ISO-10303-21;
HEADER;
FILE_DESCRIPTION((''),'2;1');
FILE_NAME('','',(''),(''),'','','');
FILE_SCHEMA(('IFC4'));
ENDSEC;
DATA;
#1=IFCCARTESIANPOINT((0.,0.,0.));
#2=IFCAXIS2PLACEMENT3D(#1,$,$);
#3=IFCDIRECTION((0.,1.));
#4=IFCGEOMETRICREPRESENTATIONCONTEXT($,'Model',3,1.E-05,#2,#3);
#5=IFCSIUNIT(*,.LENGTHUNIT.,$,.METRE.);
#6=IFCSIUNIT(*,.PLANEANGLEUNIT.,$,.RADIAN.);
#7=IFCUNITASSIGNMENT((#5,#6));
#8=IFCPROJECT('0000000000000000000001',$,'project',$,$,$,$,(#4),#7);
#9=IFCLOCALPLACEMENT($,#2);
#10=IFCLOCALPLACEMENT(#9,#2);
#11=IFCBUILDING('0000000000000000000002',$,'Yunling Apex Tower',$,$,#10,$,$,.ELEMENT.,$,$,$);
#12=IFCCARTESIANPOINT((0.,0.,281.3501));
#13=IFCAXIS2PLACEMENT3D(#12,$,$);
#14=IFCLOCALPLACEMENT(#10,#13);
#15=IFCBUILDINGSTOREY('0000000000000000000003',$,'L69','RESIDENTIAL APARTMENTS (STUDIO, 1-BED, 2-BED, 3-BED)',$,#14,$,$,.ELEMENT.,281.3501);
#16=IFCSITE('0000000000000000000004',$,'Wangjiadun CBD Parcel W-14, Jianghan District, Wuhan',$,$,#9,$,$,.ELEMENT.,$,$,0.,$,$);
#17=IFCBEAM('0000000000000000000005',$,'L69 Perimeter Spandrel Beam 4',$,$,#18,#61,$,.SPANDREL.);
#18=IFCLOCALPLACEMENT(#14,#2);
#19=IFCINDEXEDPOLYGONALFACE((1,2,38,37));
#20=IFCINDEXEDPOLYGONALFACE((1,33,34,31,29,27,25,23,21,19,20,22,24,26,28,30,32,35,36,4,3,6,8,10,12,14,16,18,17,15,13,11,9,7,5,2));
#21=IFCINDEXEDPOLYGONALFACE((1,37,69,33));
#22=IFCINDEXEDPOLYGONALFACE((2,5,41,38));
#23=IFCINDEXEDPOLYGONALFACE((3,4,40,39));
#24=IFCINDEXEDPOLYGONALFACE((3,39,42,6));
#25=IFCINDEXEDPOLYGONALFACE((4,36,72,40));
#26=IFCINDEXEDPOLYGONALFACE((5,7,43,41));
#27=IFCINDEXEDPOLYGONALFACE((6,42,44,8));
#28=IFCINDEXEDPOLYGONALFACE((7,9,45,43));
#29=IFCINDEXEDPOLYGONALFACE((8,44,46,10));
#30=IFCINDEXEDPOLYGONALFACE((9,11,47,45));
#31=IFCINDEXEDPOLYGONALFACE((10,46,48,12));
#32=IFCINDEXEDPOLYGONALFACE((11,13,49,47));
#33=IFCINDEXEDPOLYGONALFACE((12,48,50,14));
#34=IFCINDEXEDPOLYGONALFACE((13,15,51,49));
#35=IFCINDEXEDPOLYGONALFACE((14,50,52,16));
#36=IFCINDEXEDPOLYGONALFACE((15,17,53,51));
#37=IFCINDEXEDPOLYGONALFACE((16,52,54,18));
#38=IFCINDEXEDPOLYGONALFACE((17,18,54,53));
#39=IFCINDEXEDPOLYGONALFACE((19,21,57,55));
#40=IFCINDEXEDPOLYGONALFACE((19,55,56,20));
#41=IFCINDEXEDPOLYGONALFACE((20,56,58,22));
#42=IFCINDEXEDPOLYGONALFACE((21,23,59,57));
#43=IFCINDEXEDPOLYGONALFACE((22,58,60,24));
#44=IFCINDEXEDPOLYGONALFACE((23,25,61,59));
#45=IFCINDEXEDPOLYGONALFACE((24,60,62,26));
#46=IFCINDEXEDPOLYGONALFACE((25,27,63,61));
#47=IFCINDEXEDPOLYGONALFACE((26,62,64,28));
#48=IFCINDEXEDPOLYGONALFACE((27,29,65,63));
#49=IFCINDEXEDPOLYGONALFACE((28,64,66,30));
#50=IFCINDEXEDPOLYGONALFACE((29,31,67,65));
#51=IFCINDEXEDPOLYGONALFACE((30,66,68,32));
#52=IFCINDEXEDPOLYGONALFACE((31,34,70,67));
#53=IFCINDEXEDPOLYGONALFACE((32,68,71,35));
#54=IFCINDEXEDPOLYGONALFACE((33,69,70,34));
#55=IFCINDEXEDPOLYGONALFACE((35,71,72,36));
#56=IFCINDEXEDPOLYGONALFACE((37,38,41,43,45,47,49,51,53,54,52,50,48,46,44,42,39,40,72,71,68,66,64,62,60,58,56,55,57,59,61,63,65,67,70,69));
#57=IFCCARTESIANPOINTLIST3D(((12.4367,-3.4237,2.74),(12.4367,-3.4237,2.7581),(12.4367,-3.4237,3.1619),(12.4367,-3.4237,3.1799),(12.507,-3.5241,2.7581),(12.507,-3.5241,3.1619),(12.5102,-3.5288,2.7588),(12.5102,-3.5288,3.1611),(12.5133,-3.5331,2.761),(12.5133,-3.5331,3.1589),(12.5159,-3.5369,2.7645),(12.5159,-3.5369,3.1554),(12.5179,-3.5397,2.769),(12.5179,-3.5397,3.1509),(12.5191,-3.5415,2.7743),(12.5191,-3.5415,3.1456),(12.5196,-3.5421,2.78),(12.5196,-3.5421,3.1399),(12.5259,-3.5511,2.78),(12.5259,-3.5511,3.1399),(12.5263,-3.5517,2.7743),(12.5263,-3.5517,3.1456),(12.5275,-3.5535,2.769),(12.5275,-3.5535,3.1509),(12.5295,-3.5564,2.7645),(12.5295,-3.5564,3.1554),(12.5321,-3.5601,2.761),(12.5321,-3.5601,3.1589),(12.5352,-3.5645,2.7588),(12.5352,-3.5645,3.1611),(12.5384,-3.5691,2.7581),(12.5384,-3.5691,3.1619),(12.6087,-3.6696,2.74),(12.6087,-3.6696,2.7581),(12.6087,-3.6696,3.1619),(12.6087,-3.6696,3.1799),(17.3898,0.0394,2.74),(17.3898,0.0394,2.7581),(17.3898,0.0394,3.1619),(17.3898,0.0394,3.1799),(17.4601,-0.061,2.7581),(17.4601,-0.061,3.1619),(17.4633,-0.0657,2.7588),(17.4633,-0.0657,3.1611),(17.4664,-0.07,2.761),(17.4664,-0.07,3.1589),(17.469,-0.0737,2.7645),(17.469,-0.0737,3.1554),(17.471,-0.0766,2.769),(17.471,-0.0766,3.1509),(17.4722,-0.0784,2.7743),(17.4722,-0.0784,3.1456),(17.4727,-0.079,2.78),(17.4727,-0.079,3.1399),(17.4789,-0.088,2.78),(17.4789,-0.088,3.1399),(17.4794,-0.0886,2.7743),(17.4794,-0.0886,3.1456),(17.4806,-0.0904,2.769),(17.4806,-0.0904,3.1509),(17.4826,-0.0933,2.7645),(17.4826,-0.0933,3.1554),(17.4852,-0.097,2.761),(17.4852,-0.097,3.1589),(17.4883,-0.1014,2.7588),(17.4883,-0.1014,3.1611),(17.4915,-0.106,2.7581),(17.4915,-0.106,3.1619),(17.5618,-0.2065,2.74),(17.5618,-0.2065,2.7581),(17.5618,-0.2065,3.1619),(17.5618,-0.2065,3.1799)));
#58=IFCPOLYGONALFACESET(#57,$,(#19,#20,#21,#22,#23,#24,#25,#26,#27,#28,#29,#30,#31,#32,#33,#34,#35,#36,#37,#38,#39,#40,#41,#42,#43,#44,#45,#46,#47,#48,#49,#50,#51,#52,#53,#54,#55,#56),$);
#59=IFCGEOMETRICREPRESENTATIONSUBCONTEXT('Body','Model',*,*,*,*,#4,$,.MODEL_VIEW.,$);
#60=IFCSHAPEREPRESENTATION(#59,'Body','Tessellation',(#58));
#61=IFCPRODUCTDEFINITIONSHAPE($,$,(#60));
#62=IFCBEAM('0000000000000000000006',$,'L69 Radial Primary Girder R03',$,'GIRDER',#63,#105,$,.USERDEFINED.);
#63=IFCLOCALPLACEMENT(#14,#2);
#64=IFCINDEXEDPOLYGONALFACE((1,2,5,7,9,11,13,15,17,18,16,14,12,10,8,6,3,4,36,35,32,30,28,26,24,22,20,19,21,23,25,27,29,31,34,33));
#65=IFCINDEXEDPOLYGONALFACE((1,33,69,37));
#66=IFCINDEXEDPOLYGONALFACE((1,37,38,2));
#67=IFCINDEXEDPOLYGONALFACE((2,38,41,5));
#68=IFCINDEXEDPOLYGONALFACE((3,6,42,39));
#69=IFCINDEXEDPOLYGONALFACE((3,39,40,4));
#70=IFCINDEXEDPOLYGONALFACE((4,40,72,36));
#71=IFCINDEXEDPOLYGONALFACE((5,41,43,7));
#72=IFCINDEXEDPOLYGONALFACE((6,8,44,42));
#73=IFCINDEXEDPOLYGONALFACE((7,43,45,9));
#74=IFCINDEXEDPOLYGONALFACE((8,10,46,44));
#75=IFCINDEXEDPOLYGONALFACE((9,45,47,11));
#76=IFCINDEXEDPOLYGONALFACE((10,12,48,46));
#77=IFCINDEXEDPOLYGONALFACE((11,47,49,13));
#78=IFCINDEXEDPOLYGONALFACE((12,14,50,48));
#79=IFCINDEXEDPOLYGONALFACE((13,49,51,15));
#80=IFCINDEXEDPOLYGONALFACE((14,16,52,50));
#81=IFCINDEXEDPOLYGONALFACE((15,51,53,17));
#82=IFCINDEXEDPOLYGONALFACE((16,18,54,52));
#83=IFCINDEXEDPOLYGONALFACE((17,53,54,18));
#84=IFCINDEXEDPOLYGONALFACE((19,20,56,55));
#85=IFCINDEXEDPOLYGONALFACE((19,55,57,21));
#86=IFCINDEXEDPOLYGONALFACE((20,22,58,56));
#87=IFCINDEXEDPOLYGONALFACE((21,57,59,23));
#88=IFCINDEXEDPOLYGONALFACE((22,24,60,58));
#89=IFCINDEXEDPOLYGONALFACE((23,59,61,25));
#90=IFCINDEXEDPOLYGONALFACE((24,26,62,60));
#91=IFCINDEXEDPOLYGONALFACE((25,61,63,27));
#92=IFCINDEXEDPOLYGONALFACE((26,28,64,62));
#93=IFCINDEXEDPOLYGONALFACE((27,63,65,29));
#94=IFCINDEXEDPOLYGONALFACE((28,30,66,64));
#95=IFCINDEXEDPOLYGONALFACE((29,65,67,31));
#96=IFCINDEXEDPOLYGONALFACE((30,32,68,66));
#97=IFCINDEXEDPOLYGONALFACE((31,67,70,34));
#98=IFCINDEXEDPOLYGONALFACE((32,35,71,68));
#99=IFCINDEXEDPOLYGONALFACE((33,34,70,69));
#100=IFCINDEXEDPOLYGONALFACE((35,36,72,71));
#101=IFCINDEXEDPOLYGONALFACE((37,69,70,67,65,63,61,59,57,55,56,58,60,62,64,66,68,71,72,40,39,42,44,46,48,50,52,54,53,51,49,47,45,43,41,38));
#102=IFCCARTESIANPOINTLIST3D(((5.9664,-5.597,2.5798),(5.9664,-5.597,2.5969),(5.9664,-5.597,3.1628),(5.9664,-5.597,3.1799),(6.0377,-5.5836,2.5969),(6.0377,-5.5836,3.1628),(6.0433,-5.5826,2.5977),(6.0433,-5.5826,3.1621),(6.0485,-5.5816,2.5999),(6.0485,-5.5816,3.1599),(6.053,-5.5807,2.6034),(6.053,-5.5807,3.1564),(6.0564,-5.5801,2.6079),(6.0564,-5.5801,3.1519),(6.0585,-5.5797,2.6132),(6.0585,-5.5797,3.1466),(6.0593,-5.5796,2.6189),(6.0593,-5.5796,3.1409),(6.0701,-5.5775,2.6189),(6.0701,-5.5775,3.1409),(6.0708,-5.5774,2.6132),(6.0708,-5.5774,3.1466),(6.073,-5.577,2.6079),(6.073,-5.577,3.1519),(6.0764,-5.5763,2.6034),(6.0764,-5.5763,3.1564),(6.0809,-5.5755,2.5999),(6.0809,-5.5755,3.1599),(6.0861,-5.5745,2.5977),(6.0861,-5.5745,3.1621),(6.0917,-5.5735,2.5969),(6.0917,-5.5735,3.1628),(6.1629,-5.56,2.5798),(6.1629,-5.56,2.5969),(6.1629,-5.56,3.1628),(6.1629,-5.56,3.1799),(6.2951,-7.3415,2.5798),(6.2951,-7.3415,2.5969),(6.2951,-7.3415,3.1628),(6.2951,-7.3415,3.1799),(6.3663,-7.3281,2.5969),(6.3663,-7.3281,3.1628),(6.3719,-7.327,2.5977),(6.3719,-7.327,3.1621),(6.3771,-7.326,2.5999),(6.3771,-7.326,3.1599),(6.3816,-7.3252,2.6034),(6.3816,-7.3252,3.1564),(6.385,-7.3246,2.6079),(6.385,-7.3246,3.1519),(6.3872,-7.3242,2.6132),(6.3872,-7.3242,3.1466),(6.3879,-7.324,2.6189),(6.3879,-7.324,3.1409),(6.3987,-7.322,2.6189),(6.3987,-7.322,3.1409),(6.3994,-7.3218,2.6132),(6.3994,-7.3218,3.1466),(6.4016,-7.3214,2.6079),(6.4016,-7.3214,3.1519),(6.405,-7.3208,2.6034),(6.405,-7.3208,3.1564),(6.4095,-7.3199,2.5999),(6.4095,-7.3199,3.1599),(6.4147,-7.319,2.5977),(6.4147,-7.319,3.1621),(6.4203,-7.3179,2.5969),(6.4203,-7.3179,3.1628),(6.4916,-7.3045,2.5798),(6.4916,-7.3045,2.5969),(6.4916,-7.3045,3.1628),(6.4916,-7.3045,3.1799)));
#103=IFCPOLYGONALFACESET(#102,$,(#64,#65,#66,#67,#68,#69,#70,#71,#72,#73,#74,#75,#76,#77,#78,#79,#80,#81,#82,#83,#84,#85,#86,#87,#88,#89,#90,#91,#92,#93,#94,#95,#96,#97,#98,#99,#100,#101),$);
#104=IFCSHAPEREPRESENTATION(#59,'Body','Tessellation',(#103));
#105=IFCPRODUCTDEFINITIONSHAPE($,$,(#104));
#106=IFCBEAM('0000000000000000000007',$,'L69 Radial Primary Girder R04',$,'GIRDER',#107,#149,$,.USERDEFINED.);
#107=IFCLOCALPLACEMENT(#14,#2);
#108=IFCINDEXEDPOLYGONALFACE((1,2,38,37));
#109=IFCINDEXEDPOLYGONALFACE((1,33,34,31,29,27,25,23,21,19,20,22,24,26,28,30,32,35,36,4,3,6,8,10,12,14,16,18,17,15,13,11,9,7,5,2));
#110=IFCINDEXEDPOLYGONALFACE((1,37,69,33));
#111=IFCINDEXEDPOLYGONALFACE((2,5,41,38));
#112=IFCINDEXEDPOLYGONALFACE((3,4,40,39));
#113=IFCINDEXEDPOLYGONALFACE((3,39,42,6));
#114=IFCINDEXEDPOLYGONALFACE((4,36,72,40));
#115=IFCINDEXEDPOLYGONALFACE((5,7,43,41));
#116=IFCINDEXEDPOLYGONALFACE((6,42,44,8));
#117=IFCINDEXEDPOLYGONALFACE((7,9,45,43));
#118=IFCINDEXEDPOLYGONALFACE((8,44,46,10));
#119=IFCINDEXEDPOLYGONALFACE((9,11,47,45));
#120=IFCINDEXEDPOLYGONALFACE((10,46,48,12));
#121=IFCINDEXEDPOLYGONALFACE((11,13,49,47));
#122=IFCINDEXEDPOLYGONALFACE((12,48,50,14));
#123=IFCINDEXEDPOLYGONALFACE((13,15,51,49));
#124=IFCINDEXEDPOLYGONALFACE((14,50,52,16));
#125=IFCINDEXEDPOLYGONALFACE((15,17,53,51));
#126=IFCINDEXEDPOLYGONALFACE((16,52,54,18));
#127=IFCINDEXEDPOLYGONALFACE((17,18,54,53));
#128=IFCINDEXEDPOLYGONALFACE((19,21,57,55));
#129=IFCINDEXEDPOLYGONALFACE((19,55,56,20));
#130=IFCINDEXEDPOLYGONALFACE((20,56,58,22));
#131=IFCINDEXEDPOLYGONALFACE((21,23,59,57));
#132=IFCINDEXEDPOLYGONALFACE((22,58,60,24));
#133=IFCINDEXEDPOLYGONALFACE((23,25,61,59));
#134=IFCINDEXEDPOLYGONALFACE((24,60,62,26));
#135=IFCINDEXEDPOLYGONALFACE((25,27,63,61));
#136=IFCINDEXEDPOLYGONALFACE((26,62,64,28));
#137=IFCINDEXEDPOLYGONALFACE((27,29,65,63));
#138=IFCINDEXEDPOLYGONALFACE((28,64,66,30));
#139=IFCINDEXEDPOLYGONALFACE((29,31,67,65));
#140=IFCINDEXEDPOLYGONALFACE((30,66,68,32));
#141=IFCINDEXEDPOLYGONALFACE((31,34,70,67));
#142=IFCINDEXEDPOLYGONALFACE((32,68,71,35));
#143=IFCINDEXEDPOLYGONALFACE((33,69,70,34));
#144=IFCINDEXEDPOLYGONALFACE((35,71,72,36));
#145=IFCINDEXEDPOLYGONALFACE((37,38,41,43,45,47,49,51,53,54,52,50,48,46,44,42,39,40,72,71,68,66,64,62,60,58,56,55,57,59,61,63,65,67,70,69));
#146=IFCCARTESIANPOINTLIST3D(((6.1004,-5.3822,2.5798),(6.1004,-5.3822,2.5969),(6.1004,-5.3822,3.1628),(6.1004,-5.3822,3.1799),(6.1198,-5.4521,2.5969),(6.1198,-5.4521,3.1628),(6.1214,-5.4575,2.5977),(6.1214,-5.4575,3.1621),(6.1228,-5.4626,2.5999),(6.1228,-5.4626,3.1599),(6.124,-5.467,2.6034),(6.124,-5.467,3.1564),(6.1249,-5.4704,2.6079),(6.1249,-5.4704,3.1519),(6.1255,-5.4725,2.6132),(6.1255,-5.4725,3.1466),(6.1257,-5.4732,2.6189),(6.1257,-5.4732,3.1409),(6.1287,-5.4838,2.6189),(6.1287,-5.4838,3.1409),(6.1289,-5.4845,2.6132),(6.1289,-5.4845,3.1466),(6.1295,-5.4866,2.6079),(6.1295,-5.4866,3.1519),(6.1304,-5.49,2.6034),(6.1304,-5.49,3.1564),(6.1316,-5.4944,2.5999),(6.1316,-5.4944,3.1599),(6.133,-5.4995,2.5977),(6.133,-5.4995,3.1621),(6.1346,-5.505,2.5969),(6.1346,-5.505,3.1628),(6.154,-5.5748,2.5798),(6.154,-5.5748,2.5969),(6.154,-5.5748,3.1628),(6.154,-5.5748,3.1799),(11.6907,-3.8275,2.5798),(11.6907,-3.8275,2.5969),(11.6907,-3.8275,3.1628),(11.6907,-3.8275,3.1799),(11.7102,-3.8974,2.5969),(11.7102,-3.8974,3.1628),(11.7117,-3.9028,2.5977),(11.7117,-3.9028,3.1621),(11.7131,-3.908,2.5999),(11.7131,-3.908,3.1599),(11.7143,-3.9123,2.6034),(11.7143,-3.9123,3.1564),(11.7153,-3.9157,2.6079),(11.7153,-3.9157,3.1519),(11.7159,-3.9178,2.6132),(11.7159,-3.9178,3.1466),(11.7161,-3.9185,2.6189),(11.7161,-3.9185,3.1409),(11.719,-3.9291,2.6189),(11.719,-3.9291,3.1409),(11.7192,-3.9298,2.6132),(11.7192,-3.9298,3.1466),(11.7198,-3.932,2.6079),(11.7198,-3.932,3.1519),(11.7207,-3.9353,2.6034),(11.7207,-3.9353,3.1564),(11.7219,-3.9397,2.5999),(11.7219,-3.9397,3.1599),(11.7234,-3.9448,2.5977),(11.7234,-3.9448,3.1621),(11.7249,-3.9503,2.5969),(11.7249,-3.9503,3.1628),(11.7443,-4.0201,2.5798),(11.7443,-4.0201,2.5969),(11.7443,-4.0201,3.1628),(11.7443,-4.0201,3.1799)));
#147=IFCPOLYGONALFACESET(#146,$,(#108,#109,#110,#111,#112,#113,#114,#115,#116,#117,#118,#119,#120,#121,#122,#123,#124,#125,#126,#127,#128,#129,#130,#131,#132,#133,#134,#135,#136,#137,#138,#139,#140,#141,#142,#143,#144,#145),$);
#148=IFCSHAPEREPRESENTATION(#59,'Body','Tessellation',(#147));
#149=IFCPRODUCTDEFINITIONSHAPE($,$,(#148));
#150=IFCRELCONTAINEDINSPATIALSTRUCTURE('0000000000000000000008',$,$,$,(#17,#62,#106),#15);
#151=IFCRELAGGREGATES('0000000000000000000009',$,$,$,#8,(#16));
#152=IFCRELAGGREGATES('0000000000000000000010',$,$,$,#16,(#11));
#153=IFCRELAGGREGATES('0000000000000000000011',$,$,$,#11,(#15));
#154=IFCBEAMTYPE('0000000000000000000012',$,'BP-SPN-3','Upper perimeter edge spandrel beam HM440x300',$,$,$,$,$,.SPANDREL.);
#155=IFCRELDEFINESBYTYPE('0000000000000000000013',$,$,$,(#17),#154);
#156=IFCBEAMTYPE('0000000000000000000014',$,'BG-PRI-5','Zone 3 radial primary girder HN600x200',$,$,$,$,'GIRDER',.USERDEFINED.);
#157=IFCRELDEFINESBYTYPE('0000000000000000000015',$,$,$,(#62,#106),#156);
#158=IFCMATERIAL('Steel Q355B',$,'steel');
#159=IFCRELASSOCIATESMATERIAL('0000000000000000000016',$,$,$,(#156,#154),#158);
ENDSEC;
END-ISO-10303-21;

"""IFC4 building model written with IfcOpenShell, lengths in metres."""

from ifc_helpers import new_model, si_unit, direction, frame, origin, origin_2d, place, context, subcontext, project, spatial, i_section, extrude, source, transform, mapped, material, material_profile, profile_set, type_object, element, save


model = new_model("IFC4")

# Units and contexts
model_context = context("Model", 3, precision=1e-05, world=origin(), true_north=direction((0.0, 1.0)))
body_context = subcontext(model_context, "Body", "Model", "MODEL_VIEW")
ifc_project = project(units=[si_unit("LENGTHUNIT", "METRE"), si_unit("PLANEANGLEUNIT", "RADIAN")], contexts=[model_context])

# Site, building, storey
site_placement = place(None, origin())
site = spatial("IfcSite", under=ifc_project, at=site_placement, Name="Wangjiadun CBD Parcel W-14, Jianghan District, Wuhan", CompositionType="ELEMENT", RefElevation=0.0)
building_placement = place(site_placement, origin())
building = spatial("IfcBuilding", under=site, at=building_placement, Name="Yunling Apex Tower", CompositionType="ELEMENT")
storey_placement = place(building_placement, frame((0.0, 0.0, 281.3501)))
storey = spatial("IfcBuildingStorey", under=building, at=storey_placement, Name="L69", Description="RESIDENTIAL APARTMENTS (STUDIO, 1-BED, 2-BED, 3-BED)", CompositionType="ELEMENT", Elevation=281.3501)

# Shared definitions
ifc_material_1 = material(Name="Steel Q355B", Category="steel")

# Beams
ifc_material_profile_1 = material_profile(ifc_material_1, i_section(OverallWidth=0.2, OverallDepth=0.6001, WebThickness=0.011, FlangeThickness=0.0171, FilletRadius=0.022, at=origin_2d()))
ifc_profile_set_1 = profile_set([ifc_material_profile_1], Name="Steel Q355B")
beam_type_1 = type_object("IfcBeamType", Name="BG-PRI-5", Description="Zone 3 radial primary girder HN600x200", ElementType="GIRDER", PredefinedType="USERDEFINED", material=ifc_profile_set_1)
ifc_material_profile_2 = material_profile(ifc_material_1, i_section(OverallWidth=0.3, OverallDepth=0.4399, WebThickness=0.011, FlangeThickness=0.0181, FilletRadius=0.022, at=origin_2d()))
ifc_profile_set_2 = profile_set([ifc_material_profile_2], Name="Steel Q355B")
beam_type_2 = type_object("IfcBeamType", Name="BP-SPN-3", Description="Upper perimeter edge spandrel beam HM440x300", PredefinedType="SPANDREL", material=ifc_profile_set_2)
shared_shape_1 = source(origin(), body_context, "Body", "SweptSolid", [
    extrude(i_section(OverallWidth=0.3, OverallDepth=0.4399, WebThickness=0.011, FlangeThickness=0.0181, FilletRadius=0.022, at=origin_2d()), origin(), (0.0, 0.0, 1.0), 6.0437),
])
for number, where, z_axis, x_axis, name in (
    (1, (12.5227, -3.5466, 2.96), (0.819547, 0.573012, 0.0), (-0.573012, 0.819547, 0.0), "L69 Perimeter Spandrel Beam 4"),
):
    element("IfcBeam", number, at=place(storey_placement, frame(where, z_axis=z_axis, x_axis=x_axis)), inside=storey, type_object=beam_type_2, Name=name, PredefinedType="SPANDREL", context=body_context, shape_type="MappedRepresentation", body=[
        mapped(shared_shape_1, transform((0.0, 0.0, 0.0), scale=1.0)),
    ])
shared_shape_2 = source(origin(), body_context, "Body", "SweptSolid", [
    extrude(i_section(OverallWidth=0.2, OverallDepth=0.6001, WebThickness=0.011, FlangeThickness=0.0171, FilletRadius=0.022, at=origin_2d()), origin(), (0.0, 0.0, 1.0), 1.7751),
])
beam_1_placement = place(storey_placement, frame((6.3933, -7.323, 2.8799), z_axis=(-0.185127, 0.982715, 0.0), x_axis=(-0.982715, -0.185127, 0.0)))
element("IfcBeam", 2, at=beam_1_placement, inside=storey, type_object=beam_type_1, Name="L69 Radial Primary Girder R03", ObjectType="GIRDER", PredefinedType="USERDEFINED", context=body_context, shape_type="MappedRepresentation", body=[
    mapped(shared_shape_2, transform((0.0, 0.0, 0.0), scale=1.0)),
])
shared_shape_3 = source(origin(), body_context, "Body", "SweptSolid", [
    extrude(i_section(OverallWidth=0.2, OverallDepth=0.6001, WebThickness=0.011, FlangeThickness=0.0171, FilletRadius=0.022, at=origin_2d()), origin(), (0.0, 0.0, 1.0), 5.8025),
])
beam_2_placement = place(storey_placement, frame((11.7175, -3.9238, 2.8799), z_axis=(-0.963437, -0.267935, 0.0), x_axis=(0.267935, -0.963437, 0.0)))
element("IfcBeam", 3, at=beam_2_placement, inside=storey, type_object=beam_type_1, Name="L69 Radial Primary Girder R04", ObjectType="GIRDER", PredefinedType="USERDEFINED", context=body_context, shape_type="MappedRepresentation", body=[
    mapped(shared_shape_3, transform((0.0, 0.0, 0.0), scale=1.0)),
])

save(model, "model.ifc")
